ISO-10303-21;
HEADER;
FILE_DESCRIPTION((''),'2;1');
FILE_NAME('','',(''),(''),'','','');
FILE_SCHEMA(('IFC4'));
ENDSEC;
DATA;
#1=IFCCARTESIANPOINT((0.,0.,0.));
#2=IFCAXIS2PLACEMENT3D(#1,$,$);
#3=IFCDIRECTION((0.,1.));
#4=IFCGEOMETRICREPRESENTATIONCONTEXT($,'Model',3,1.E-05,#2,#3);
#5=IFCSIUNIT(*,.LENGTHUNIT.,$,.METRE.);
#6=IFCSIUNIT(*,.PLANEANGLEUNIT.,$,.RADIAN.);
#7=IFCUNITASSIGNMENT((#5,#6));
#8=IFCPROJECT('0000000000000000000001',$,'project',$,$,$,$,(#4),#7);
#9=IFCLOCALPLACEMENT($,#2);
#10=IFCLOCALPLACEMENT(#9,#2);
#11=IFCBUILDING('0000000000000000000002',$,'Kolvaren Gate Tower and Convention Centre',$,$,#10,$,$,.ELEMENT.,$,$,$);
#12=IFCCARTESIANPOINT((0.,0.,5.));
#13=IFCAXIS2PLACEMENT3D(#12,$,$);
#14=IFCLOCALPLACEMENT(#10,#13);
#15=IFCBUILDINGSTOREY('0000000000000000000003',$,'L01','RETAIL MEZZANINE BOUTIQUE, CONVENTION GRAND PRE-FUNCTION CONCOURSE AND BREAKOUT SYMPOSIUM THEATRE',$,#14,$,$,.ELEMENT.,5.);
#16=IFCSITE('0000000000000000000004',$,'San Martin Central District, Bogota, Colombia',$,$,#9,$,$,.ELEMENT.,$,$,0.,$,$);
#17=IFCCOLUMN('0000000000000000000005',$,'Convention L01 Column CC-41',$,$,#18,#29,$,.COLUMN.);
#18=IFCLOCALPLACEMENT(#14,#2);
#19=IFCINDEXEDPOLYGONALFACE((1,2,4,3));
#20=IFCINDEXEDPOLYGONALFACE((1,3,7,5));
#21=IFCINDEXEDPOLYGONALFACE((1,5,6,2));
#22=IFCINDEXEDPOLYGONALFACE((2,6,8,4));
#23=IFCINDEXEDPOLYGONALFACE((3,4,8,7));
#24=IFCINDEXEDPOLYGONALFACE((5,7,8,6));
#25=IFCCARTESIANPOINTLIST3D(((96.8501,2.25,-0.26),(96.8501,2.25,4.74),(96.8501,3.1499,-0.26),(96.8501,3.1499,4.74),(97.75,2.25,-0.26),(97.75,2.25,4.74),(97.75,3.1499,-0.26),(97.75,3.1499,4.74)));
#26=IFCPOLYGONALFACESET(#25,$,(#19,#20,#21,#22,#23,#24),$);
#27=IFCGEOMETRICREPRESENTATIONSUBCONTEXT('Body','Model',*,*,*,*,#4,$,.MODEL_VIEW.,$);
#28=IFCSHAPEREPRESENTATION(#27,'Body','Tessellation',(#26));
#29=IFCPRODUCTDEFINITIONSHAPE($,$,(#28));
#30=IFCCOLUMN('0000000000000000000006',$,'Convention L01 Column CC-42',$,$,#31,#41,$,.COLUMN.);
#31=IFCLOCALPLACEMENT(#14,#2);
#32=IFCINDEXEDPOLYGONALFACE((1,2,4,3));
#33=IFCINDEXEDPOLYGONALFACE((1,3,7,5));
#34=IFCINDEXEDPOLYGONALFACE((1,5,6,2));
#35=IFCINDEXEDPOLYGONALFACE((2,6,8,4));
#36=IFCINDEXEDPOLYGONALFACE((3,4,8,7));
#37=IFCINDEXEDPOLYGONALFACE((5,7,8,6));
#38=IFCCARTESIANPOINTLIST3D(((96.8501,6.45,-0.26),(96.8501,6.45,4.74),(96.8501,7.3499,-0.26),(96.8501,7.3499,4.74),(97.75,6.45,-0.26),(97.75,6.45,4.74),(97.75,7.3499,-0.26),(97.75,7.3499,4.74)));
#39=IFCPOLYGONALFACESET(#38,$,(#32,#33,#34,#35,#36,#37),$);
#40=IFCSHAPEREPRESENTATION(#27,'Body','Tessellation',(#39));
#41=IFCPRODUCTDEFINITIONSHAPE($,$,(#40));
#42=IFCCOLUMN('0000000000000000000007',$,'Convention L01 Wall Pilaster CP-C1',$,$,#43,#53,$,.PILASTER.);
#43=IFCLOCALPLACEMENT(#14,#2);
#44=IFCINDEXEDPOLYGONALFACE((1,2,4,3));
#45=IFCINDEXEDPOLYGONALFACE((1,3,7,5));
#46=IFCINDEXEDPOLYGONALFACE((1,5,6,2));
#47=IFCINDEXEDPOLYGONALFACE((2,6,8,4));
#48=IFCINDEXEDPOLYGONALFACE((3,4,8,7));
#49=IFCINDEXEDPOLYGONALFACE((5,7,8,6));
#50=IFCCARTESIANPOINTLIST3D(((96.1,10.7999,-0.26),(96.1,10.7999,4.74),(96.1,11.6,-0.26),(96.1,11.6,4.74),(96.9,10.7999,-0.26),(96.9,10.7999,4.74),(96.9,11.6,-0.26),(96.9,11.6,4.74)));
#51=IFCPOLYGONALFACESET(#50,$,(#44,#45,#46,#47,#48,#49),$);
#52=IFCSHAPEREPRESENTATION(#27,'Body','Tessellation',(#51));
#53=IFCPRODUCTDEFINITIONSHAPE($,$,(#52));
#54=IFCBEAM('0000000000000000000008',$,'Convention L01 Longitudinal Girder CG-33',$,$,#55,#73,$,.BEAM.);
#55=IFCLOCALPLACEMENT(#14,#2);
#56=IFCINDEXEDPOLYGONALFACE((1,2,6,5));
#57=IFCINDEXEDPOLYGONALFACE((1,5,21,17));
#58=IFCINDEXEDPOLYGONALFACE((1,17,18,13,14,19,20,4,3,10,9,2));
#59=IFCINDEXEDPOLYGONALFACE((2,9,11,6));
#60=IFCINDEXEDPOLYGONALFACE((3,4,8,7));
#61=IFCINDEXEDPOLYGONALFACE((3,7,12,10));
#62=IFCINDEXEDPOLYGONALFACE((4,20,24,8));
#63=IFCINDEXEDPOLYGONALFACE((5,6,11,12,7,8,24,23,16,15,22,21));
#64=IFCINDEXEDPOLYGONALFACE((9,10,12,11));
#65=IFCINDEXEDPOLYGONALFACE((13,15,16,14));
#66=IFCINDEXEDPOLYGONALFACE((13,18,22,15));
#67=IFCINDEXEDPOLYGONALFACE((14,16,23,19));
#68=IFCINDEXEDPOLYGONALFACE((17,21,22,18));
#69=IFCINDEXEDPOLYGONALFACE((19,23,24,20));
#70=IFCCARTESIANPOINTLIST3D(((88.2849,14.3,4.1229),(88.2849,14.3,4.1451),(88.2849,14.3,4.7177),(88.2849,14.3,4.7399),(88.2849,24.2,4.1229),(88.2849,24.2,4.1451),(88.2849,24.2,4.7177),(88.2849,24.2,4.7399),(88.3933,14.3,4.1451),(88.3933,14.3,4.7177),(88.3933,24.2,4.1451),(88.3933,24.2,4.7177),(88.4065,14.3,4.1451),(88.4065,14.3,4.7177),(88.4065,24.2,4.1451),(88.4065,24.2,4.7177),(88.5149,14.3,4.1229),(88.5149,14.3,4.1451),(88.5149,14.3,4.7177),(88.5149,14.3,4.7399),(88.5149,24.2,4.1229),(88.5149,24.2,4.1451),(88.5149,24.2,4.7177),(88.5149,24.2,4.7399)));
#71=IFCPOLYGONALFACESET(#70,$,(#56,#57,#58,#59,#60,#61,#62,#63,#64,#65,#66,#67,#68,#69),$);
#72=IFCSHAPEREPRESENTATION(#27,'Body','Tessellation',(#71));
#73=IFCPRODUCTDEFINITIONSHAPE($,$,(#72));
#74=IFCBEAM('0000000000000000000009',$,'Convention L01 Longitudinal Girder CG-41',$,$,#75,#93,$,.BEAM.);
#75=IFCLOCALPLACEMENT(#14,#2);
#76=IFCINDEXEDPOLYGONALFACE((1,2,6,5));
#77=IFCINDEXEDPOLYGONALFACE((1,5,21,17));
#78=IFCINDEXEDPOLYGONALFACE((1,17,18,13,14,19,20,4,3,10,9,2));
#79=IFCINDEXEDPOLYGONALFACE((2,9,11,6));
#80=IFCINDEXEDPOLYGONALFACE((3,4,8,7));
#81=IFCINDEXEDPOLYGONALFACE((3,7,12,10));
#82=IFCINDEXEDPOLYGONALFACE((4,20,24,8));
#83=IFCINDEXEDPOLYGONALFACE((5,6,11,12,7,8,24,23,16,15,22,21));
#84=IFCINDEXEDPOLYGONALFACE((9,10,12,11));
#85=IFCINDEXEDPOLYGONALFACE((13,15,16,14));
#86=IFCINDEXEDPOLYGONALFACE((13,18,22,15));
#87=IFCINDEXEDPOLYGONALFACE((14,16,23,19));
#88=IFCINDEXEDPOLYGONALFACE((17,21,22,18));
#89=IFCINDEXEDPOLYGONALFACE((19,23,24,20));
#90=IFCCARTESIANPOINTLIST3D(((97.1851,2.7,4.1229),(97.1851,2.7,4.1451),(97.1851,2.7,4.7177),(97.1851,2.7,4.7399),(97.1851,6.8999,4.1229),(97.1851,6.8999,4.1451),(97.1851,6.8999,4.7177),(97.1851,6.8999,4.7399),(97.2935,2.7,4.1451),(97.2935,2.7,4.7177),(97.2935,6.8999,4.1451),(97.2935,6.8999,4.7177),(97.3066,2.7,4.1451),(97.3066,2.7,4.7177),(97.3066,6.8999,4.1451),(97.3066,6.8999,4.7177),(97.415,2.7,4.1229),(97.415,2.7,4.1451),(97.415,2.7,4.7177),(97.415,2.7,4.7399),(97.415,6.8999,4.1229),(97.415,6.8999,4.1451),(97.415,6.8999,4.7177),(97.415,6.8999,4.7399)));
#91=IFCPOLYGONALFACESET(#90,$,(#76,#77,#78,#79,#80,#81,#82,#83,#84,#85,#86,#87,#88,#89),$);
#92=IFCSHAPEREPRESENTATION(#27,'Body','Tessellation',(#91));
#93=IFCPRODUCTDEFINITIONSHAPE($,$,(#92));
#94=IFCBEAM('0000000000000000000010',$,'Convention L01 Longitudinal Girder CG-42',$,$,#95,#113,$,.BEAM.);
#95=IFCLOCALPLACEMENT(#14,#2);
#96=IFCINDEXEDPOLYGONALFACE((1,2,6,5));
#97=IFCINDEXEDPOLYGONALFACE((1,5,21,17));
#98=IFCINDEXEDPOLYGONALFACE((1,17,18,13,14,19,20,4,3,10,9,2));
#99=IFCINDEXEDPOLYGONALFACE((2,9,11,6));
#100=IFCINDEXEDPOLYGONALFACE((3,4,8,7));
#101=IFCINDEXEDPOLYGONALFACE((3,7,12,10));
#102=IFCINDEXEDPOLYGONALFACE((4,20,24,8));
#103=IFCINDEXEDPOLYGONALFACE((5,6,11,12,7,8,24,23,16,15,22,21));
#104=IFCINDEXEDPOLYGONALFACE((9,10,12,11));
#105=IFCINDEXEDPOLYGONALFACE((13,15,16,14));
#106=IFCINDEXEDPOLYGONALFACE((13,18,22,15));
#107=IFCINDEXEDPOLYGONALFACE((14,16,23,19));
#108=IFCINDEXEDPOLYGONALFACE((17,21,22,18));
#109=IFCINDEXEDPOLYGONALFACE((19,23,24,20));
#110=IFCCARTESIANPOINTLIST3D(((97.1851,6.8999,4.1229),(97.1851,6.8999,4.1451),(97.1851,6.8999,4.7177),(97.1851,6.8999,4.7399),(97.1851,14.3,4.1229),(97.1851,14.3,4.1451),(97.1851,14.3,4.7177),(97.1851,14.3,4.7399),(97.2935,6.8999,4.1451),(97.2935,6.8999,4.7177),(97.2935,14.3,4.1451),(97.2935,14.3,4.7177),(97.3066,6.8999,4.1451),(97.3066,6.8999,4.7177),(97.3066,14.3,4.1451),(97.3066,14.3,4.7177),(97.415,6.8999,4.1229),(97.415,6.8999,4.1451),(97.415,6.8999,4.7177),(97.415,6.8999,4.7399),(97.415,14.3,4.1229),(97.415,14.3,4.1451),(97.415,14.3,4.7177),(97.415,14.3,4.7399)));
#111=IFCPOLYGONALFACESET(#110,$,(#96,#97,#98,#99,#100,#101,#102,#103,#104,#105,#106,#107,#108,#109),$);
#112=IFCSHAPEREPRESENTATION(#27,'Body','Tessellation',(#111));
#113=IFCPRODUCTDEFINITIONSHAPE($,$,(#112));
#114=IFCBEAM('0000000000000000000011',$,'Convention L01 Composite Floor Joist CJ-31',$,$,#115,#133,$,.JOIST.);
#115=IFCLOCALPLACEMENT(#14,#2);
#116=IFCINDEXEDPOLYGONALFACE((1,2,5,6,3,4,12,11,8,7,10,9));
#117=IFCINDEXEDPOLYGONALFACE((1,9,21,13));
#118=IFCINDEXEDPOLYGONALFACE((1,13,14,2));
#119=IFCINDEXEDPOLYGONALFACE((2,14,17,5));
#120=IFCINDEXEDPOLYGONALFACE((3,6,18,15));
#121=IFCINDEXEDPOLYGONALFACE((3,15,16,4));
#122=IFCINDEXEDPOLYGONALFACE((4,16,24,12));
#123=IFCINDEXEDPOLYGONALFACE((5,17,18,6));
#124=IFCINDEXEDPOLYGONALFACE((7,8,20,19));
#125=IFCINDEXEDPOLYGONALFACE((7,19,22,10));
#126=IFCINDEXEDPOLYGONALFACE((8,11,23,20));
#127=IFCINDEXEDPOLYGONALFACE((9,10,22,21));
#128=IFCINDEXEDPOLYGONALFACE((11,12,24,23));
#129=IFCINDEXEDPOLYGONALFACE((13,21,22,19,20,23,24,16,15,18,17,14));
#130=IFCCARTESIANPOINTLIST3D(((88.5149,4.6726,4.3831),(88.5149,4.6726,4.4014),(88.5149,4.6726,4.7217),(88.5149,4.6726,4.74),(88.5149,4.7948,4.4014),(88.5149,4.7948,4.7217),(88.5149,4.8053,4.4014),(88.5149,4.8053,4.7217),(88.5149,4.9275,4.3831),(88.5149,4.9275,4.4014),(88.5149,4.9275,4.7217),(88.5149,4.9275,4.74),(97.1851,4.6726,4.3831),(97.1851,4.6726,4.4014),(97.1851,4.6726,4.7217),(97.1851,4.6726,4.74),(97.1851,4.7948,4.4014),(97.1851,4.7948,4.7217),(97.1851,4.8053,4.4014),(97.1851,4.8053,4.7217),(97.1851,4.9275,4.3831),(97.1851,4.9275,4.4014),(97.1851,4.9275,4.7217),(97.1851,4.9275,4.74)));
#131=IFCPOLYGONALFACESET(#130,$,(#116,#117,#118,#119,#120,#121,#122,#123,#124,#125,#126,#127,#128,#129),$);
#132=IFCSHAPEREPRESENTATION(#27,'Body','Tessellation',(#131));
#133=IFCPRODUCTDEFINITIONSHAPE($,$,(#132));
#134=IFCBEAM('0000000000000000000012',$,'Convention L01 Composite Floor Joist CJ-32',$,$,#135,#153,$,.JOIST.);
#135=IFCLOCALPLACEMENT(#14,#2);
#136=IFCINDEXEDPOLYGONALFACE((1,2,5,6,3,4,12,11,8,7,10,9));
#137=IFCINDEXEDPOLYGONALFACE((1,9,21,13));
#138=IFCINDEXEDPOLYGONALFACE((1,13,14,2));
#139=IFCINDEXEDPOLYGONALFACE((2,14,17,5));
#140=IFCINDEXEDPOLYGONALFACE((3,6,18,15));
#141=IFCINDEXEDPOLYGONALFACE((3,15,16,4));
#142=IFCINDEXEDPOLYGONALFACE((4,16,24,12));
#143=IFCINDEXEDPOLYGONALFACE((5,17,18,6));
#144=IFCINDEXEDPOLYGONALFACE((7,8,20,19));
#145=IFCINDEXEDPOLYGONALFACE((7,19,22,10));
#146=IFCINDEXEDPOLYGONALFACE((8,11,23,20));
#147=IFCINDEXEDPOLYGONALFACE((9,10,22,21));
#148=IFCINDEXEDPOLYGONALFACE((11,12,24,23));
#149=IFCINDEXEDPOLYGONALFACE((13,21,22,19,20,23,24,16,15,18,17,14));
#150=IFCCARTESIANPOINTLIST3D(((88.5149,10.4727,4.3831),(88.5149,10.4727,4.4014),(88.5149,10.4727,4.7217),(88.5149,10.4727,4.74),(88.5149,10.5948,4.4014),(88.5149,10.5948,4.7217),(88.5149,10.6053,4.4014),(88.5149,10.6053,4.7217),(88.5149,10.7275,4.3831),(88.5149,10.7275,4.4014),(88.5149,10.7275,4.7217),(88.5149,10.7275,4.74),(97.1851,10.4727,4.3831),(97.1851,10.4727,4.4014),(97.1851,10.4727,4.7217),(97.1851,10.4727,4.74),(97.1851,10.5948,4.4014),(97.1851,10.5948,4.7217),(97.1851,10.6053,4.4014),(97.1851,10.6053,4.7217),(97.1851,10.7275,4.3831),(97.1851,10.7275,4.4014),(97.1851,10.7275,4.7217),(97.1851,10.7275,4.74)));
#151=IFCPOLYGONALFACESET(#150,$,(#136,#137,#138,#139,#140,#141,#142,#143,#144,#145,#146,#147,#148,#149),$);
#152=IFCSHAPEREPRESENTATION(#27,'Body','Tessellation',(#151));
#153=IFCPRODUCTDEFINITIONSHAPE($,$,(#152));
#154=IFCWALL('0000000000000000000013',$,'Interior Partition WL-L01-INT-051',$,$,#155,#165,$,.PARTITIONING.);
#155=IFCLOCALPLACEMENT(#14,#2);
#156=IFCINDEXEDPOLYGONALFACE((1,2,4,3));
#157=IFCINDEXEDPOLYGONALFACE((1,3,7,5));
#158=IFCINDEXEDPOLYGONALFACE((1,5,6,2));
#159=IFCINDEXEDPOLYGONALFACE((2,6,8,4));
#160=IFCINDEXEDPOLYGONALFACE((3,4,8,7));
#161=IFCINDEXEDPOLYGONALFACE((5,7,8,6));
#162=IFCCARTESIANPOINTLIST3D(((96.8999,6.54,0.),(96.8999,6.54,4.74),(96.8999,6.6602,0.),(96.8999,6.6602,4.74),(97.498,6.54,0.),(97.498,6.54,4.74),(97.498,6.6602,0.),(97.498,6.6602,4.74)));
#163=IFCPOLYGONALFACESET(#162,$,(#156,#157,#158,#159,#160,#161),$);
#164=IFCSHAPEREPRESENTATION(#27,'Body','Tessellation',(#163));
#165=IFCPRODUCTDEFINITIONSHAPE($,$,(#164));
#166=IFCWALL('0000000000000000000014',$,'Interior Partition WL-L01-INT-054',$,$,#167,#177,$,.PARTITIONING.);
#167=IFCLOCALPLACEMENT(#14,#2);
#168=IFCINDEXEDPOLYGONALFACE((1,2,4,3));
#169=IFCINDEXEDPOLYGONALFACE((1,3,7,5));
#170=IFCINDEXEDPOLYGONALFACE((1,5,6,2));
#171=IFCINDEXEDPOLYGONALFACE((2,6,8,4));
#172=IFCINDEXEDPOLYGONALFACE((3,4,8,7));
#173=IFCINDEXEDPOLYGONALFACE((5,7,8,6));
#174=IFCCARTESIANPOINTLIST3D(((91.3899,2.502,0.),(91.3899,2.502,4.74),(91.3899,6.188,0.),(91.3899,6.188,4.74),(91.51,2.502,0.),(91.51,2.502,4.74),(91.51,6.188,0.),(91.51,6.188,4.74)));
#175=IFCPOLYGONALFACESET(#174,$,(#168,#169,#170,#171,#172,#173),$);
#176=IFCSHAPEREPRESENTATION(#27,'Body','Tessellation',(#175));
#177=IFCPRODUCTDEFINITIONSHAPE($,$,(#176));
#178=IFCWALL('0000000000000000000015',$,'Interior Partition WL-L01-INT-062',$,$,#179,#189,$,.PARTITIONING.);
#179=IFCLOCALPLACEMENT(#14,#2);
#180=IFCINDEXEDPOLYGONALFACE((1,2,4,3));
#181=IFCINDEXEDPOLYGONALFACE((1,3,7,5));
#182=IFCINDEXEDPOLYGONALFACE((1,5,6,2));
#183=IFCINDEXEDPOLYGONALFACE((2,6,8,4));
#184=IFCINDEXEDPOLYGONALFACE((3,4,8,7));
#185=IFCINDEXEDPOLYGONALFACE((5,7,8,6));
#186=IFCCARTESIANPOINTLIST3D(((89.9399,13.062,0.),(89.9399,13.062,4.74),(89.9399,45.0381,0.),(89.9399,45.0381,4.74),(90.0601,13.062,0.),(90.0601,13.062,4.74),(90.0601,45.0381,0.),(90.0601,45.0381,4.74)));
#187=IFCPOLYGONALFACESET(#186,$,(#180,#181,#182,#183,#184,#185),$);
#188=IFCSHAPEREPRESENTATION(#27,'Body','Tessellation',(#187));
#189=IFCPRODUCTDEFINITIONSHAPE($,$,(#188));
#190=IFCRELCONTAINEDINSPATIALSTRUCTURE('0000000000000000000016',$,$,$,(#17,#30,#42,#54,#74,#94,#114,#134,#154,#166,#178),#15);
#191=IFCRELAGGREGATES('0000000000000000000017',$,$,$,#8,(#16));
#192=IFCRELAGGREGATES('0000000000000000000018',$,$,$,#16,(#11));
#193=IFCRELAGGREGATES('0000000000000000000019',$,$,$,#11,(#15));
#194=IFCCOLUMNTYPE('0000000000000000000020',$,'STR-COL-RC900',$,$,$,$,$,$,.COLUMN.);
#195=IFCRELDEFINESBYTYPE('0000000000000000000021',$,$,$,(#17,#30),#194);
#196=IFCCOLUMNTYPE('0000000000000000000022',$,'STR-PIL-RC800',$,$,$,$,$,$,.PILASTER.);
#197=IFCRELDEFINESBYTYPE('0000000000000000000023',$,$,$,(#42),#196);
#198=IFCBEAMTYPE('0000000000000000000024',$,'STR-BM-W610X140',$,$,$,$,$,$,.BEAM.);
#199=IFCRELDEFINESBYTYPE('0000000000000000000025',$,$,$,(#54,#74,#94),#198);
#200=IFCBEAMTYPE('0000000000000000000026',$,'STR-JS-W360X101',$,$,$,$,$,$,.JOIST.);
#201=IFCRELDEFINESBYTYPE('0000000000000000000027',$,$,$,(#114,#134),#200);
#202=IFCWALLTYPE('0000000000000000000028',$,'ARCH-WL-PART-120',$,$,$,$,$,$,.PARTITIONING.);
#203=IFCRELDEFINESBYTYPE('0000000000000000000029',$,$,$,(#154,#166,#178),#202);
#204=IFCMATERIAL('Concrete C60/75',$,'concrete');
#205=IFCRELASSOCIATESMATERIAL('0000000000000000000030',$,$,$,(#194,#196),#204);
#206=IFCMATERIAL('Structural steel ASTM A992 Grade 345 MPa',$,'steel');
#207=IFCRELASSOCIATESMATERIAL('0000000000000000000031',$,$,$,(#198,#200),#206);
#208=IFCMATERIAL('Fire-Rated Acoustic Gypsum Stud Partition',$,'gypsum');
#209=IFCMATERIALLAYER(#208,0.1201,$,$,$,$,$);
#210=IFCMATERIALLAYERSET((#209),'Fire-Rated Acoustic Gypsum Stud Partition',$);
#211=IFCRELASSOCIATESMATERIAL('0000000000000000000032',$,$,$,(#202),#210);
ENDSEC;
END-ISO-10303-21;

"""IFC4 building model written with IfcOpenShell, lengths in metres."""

from ifc_helpers import new_model, si_unit, direction, frame, frame_2d, origin, origin_2d, place, context, subcontext, project, spatial, rectangle, i_section, extrude, material, layer, layer_set, material_profile, profile_set, type_object, element, save


model = new_model("IFC4")

# Units and contexts
model_context = context("Model", 3, precision=1e-05, world=origin(), true_north=direction((0.0, 1.0)))
body_context = subcontext(model_context, "Body", "Model", "MODEL_VIEW")
ifc_project = project(units=[si_unit("LENGTHUNIT", "METRE"), si_unit("PLANEANGLEUNIT", "RADIAN")], contexts=[model_context])

# Site, building, storey
site_placement = place(None, origin())
site = spatial("IfcSite", under=ifc_project, at=site_placement, Name="San Martin Central District, Bogota, Colombia", CompositionType="ELEMENT", RefElevation=0.0)
building_placement = place(site_placement, origin())
building = spatial("IfcBuilding", under=site, at=building_placement, Name="Kolvaren Gate Tower and Convention Centre", CompositionType="ELEMENT")
storey_placement = place(building_placement, frame((0.0, 0.0, 5.0)))
storey = spatial("IfcBuildingStorey", under=building, at=storey_placement, Name="L01", Description="RETAIL MEZZANINE BOUTIQUE, CONVENTION GRAND PRE-FUNCTION CONCOURSE AND BREAKOUT SYMPOSIUM THEATRE", CompositionType="ELEMENT", Elevation=5.0)

# Columns
ifc_material_1 = material(Name="Concrete C60/75", Category="concrete")
ifc_material_profile_1 = material_profile(ifc_material_1, rectangle(XDim=0.8999, YDim=0.8999, at=origin_2d()), Name="RC-COL-900X900")
ifc_profile_set_1 = profile_set([ifc_material_profile_1], Name="Concrete C60/75")
column_type_1 = type_object("IfcColumnType", Name="STR-COL-RC900", PredefinedType="COLUMN", material=ifc_profile_set_1)
for number, where, z_axis, x_axis, name in (
    (1, (97.3, 2.7, -0.26), (0.0, 0.0, 1.0), (1.0, 0.0, 0.0), "Convention L01 Column CC-41"),
    (2, (97.3, 6.8999, -0.26), (0.0, 0.0, 1.0), (1.0, 0.0, 0.0), "Convention L01 Column CC-42"),
):
    element("IfcColumn", number, at=place(storey_placement, frame(where, z_axis=z_axis, x_axis=x_axis)), inside=storey, type_object=column_type_1, Name=name, PredefinedType="COLUMN", context=body_context, shape_type="SweptSolid", body=[
        extrude(rectangle(XDim=0.8999, YDim=0.8999, at=origin_2d()), origin(), (0.0, 0.0, 1.0), 5.0),
    ])
ifc_material_profile_2 = material_profile(ifc_material_1, rectangle(XDim=0.8, YDim=0.8, at=origin_2d()), Name="RC-COL-800X800")
ifc_profile_set_2 = profile_set([ifc_material_profile_2], Name="Concrete C60/75")
column_type_2 = type_object("IfcColumnType", Name="STR-PIL-RC800", PredefinedType="PILASTER", material=ifc_profile_set_2)
column_placement = place(storey_placement, frame((96.5, 11.2, -0.26), z_axis=(0.0, 0.0, 1.0), x_axis=(1.0, 0.0, 0.0)))
element("IfcColumn", 3, at=column_placement, inside=storey, type_object=column_type_2, Name="Convention L01 Wall Pilaster CP-C1", PredefinedType="PILASTER", context=body_context, shape_type="SweptSolid", body=[
    extrude(rectangle(XDim=0.8, YDim=0.8, at=origin_2d()), origin(), (0.0, 0.0, 1.0), 5.0),
])

# Beams
ifc_material_2 = material(Name="Structural steel ASTM A992 Grade 345 MPa", Category="steel")
ifc_material_profile_3 = material_profile(ifc_material_2, i_section(OverallWidth=0.23, OverallDepth=0.6169, WebThickness=0.0132, FlangeThickness=0.0222, at=origin_2d()), Name="W610X140")
ifc_profile_set_3 = profile_set([ifc_material_profile_3], Name="Structural steel ASTM A992 Grade 345 MPa")
beam_type_1 = type_object("IfcBeamType", Name="STR-BM-W610X140", PredefinedType="BEAM", material=ifc_profile_set_3)
beam_1_placement = place(storey_placement, frame((88.3999, 14.3, 4.4314), z_axis=(0.0, 1.0, 0.0), x_axis=(-1.0, 0.0, 0.0)))
element("IfcBeam", 4, at=beam_1_placement, inside=storey, type_object=beam_type_1, Name="Convention L01 Longitudinal Girder CG-33", PredefinedType="BEAM", context=body_context, shape_type="SweptSolid", body=[
    extrude(i_section(OverallWidth=0.23, OverallDepth=0.6169, WebThickness=0.0132, FlangeThickness=0.0222, at=origin_2d()), origin(), (0.0, 0.0, 1.0), 9.8999),
])
beam_2_placement = place(storey_placement, frame((97.3, 2.7, 4.4314), z_axis=(0.0, 1.0, 0.0), x_axis=(-1.0, 0.0, 0.0)))
element("IfcBeam", 5, at=beam_2_placement, inside=storey, type_object=beam_type_1, Name="Convention L01 Longitudinal Girder CG-41", PredefinedType="BEAM", context=body_context, shape_type="SweptSolid", body=[
    extrude(i_section(OverallWidth=0.23, OverallDepth=0.6169, WebThickness=0.0132, FlangeThickness=0.0222, at=origin_2d()), origin(), (0.0, 0.0, 1.0), 4.2),
])
beam_3_placement = place(storey_placement, frame((97.3, 6.8999, 4.4314), z_axis=(0.0, 1.0, 0.0), x_axis=(-1.0, 0.0, 0.0)))
element("IfcBeam", 6, at=beam_3_placement, inside=storey, type_object=beam_type_1, Name="Convention L01 Longitudinal Girder CG-42", PredefinedType="BEAM", context=body_context, shape_type="SweptSolid", body=[
    extrude(i_section(OverallWidth=0.23, OverallDepth=0.6169, WebThickness=0.0132, FlangeThickness=0.0222, at=origin_2d()), origin(), (0.0, 0.0, 1.0), 7.4001),
])
ifc_material_profile_4 = material_profile(ifc_material_2, i_section(OverallWidth=0.2549, OverallDepth=0.3569, WebThickness=0.0105, FlangeThickness=0.0183, at=origin_2d()), Name="W360X101")
ifc_profile_set_4 = profile_set([ifc_material_profile_4], Name="Structural steel ASTM A992 Grade 345 MPa")
beam_type_2 = type_object("IfcBeamType", Name="STR-JS-W360X101", PredefinedType="JOIST", material=ifc_profile_set_4)
for number, where, z_axis, x_axis, name in (
    (7, (88.5149, 4.8, 4.5615), (1.0, 0.0, 0.0), (0.0, 1.0, 0.0), "Convention L01 Composite Floor Joist CJ-31"),
    (8, (88.5149, 10.6001, 4.5615), (1.0, 0.0, 0.0), (0.0, 1.0, 0.0), "Convention L01 Composite Floor Joist CJ-32"),
):
    element("IfcBeam", number, at=place(storey_placement, frame(where, z_axis=z_axis, x_axis=x_axis)), inside=storey, type_object=beam_type_2, Name=name, PredefinedType="JOIST", context=body_context, shape_type="SweptSolid", body=[
        extrude(i_section(OverallWidth=0.2549, OverallDepth=0.3569, WebThickness=0.0105, FlangeThickness=0.0183, at=origin_2d()), origin(), (0.0, 0.0, 1.0), 8.6702),
    ])

# Walls
ifc_material_3 = material(Name="Fire-Rated Acoustic Gypsum Stud Partition", Category="gypsum")
ifc_layer_1 = layer(ifc_material_3, 0.1201)
ifc_layer_set_1 = layer_set([ifc_layer_1], Name="Fire-Rated Acoustic Gypsum Stud Partition")
wall_type_1 = type_object("IfcWallType", Name="ARCH-WL-PART-120", PredefinedType="PARTITIONING", material=ifc_layer_set_1)
wall_1_placement = place(storey_placement, frame((96.8999, 6.6001, 0.0), z_axis=(0.0, 0.0, 1.0), x_axis=(1.0, 0.0, 0.0)))
element("IfcWall", 9, at=wall_1_placement, inside=storey, type_object=wall_type_1, Name="Interior Partition WL-L01-INT-051", PredefinedType="PARTITIONING", context=body_context, shape_type="SweptSolid", body=[
    extrude(rectangle(XDim=0.5981, YDim=0.1201, at=frame_2d((0.2991, 0.0))), origin(), (0.0, 0.0, 1.0), 4.74),
])
wall_2_placement = place(storey_placement, frame((91.45, 2.502, 0.0), z_axis=(0.0, 0.0, 1.0), x_axis=(0.0, 1.0, 0.0)))
element("IfcWall", 10, at=wall_2_placement, inside=storey, type_object=wall_type_1, Name="Interior Partition WL-L01-INT-054", PredefinedType="PARTITIONING", context=body_context, shape_type="SweptSolid", body=[
    extrude(rectangle(XDim=3.686, YDim=0.1201, at=frame_2d((1.843, 0.0))), origin(), (0.0, 0.0, 1.0), 4.74),
])
wall_3_placement = place(storey_placement, frame((90.0, 13.062, 0.0), z_axis=(0.0, 0.0, 1.0), x_axis=(0.0, 1.0, 0.0)))
element("IfcWall", 11, at=wall_3_placement, inside=storey, type_object=wall_type_1, Name="Interior Partition WL-L01-INT-062", PredefinedType="PARTITIONING", context=body_context, shape_type="SweptSolid", body=[
    extrude(rectangle(XDim=31.9761, YDim=0.1201, at=frame_2d((15.988, 0.0))), origin(), (0.0, 0.0, 1.0), 4.74),
])

save(model, "model.ifc")
